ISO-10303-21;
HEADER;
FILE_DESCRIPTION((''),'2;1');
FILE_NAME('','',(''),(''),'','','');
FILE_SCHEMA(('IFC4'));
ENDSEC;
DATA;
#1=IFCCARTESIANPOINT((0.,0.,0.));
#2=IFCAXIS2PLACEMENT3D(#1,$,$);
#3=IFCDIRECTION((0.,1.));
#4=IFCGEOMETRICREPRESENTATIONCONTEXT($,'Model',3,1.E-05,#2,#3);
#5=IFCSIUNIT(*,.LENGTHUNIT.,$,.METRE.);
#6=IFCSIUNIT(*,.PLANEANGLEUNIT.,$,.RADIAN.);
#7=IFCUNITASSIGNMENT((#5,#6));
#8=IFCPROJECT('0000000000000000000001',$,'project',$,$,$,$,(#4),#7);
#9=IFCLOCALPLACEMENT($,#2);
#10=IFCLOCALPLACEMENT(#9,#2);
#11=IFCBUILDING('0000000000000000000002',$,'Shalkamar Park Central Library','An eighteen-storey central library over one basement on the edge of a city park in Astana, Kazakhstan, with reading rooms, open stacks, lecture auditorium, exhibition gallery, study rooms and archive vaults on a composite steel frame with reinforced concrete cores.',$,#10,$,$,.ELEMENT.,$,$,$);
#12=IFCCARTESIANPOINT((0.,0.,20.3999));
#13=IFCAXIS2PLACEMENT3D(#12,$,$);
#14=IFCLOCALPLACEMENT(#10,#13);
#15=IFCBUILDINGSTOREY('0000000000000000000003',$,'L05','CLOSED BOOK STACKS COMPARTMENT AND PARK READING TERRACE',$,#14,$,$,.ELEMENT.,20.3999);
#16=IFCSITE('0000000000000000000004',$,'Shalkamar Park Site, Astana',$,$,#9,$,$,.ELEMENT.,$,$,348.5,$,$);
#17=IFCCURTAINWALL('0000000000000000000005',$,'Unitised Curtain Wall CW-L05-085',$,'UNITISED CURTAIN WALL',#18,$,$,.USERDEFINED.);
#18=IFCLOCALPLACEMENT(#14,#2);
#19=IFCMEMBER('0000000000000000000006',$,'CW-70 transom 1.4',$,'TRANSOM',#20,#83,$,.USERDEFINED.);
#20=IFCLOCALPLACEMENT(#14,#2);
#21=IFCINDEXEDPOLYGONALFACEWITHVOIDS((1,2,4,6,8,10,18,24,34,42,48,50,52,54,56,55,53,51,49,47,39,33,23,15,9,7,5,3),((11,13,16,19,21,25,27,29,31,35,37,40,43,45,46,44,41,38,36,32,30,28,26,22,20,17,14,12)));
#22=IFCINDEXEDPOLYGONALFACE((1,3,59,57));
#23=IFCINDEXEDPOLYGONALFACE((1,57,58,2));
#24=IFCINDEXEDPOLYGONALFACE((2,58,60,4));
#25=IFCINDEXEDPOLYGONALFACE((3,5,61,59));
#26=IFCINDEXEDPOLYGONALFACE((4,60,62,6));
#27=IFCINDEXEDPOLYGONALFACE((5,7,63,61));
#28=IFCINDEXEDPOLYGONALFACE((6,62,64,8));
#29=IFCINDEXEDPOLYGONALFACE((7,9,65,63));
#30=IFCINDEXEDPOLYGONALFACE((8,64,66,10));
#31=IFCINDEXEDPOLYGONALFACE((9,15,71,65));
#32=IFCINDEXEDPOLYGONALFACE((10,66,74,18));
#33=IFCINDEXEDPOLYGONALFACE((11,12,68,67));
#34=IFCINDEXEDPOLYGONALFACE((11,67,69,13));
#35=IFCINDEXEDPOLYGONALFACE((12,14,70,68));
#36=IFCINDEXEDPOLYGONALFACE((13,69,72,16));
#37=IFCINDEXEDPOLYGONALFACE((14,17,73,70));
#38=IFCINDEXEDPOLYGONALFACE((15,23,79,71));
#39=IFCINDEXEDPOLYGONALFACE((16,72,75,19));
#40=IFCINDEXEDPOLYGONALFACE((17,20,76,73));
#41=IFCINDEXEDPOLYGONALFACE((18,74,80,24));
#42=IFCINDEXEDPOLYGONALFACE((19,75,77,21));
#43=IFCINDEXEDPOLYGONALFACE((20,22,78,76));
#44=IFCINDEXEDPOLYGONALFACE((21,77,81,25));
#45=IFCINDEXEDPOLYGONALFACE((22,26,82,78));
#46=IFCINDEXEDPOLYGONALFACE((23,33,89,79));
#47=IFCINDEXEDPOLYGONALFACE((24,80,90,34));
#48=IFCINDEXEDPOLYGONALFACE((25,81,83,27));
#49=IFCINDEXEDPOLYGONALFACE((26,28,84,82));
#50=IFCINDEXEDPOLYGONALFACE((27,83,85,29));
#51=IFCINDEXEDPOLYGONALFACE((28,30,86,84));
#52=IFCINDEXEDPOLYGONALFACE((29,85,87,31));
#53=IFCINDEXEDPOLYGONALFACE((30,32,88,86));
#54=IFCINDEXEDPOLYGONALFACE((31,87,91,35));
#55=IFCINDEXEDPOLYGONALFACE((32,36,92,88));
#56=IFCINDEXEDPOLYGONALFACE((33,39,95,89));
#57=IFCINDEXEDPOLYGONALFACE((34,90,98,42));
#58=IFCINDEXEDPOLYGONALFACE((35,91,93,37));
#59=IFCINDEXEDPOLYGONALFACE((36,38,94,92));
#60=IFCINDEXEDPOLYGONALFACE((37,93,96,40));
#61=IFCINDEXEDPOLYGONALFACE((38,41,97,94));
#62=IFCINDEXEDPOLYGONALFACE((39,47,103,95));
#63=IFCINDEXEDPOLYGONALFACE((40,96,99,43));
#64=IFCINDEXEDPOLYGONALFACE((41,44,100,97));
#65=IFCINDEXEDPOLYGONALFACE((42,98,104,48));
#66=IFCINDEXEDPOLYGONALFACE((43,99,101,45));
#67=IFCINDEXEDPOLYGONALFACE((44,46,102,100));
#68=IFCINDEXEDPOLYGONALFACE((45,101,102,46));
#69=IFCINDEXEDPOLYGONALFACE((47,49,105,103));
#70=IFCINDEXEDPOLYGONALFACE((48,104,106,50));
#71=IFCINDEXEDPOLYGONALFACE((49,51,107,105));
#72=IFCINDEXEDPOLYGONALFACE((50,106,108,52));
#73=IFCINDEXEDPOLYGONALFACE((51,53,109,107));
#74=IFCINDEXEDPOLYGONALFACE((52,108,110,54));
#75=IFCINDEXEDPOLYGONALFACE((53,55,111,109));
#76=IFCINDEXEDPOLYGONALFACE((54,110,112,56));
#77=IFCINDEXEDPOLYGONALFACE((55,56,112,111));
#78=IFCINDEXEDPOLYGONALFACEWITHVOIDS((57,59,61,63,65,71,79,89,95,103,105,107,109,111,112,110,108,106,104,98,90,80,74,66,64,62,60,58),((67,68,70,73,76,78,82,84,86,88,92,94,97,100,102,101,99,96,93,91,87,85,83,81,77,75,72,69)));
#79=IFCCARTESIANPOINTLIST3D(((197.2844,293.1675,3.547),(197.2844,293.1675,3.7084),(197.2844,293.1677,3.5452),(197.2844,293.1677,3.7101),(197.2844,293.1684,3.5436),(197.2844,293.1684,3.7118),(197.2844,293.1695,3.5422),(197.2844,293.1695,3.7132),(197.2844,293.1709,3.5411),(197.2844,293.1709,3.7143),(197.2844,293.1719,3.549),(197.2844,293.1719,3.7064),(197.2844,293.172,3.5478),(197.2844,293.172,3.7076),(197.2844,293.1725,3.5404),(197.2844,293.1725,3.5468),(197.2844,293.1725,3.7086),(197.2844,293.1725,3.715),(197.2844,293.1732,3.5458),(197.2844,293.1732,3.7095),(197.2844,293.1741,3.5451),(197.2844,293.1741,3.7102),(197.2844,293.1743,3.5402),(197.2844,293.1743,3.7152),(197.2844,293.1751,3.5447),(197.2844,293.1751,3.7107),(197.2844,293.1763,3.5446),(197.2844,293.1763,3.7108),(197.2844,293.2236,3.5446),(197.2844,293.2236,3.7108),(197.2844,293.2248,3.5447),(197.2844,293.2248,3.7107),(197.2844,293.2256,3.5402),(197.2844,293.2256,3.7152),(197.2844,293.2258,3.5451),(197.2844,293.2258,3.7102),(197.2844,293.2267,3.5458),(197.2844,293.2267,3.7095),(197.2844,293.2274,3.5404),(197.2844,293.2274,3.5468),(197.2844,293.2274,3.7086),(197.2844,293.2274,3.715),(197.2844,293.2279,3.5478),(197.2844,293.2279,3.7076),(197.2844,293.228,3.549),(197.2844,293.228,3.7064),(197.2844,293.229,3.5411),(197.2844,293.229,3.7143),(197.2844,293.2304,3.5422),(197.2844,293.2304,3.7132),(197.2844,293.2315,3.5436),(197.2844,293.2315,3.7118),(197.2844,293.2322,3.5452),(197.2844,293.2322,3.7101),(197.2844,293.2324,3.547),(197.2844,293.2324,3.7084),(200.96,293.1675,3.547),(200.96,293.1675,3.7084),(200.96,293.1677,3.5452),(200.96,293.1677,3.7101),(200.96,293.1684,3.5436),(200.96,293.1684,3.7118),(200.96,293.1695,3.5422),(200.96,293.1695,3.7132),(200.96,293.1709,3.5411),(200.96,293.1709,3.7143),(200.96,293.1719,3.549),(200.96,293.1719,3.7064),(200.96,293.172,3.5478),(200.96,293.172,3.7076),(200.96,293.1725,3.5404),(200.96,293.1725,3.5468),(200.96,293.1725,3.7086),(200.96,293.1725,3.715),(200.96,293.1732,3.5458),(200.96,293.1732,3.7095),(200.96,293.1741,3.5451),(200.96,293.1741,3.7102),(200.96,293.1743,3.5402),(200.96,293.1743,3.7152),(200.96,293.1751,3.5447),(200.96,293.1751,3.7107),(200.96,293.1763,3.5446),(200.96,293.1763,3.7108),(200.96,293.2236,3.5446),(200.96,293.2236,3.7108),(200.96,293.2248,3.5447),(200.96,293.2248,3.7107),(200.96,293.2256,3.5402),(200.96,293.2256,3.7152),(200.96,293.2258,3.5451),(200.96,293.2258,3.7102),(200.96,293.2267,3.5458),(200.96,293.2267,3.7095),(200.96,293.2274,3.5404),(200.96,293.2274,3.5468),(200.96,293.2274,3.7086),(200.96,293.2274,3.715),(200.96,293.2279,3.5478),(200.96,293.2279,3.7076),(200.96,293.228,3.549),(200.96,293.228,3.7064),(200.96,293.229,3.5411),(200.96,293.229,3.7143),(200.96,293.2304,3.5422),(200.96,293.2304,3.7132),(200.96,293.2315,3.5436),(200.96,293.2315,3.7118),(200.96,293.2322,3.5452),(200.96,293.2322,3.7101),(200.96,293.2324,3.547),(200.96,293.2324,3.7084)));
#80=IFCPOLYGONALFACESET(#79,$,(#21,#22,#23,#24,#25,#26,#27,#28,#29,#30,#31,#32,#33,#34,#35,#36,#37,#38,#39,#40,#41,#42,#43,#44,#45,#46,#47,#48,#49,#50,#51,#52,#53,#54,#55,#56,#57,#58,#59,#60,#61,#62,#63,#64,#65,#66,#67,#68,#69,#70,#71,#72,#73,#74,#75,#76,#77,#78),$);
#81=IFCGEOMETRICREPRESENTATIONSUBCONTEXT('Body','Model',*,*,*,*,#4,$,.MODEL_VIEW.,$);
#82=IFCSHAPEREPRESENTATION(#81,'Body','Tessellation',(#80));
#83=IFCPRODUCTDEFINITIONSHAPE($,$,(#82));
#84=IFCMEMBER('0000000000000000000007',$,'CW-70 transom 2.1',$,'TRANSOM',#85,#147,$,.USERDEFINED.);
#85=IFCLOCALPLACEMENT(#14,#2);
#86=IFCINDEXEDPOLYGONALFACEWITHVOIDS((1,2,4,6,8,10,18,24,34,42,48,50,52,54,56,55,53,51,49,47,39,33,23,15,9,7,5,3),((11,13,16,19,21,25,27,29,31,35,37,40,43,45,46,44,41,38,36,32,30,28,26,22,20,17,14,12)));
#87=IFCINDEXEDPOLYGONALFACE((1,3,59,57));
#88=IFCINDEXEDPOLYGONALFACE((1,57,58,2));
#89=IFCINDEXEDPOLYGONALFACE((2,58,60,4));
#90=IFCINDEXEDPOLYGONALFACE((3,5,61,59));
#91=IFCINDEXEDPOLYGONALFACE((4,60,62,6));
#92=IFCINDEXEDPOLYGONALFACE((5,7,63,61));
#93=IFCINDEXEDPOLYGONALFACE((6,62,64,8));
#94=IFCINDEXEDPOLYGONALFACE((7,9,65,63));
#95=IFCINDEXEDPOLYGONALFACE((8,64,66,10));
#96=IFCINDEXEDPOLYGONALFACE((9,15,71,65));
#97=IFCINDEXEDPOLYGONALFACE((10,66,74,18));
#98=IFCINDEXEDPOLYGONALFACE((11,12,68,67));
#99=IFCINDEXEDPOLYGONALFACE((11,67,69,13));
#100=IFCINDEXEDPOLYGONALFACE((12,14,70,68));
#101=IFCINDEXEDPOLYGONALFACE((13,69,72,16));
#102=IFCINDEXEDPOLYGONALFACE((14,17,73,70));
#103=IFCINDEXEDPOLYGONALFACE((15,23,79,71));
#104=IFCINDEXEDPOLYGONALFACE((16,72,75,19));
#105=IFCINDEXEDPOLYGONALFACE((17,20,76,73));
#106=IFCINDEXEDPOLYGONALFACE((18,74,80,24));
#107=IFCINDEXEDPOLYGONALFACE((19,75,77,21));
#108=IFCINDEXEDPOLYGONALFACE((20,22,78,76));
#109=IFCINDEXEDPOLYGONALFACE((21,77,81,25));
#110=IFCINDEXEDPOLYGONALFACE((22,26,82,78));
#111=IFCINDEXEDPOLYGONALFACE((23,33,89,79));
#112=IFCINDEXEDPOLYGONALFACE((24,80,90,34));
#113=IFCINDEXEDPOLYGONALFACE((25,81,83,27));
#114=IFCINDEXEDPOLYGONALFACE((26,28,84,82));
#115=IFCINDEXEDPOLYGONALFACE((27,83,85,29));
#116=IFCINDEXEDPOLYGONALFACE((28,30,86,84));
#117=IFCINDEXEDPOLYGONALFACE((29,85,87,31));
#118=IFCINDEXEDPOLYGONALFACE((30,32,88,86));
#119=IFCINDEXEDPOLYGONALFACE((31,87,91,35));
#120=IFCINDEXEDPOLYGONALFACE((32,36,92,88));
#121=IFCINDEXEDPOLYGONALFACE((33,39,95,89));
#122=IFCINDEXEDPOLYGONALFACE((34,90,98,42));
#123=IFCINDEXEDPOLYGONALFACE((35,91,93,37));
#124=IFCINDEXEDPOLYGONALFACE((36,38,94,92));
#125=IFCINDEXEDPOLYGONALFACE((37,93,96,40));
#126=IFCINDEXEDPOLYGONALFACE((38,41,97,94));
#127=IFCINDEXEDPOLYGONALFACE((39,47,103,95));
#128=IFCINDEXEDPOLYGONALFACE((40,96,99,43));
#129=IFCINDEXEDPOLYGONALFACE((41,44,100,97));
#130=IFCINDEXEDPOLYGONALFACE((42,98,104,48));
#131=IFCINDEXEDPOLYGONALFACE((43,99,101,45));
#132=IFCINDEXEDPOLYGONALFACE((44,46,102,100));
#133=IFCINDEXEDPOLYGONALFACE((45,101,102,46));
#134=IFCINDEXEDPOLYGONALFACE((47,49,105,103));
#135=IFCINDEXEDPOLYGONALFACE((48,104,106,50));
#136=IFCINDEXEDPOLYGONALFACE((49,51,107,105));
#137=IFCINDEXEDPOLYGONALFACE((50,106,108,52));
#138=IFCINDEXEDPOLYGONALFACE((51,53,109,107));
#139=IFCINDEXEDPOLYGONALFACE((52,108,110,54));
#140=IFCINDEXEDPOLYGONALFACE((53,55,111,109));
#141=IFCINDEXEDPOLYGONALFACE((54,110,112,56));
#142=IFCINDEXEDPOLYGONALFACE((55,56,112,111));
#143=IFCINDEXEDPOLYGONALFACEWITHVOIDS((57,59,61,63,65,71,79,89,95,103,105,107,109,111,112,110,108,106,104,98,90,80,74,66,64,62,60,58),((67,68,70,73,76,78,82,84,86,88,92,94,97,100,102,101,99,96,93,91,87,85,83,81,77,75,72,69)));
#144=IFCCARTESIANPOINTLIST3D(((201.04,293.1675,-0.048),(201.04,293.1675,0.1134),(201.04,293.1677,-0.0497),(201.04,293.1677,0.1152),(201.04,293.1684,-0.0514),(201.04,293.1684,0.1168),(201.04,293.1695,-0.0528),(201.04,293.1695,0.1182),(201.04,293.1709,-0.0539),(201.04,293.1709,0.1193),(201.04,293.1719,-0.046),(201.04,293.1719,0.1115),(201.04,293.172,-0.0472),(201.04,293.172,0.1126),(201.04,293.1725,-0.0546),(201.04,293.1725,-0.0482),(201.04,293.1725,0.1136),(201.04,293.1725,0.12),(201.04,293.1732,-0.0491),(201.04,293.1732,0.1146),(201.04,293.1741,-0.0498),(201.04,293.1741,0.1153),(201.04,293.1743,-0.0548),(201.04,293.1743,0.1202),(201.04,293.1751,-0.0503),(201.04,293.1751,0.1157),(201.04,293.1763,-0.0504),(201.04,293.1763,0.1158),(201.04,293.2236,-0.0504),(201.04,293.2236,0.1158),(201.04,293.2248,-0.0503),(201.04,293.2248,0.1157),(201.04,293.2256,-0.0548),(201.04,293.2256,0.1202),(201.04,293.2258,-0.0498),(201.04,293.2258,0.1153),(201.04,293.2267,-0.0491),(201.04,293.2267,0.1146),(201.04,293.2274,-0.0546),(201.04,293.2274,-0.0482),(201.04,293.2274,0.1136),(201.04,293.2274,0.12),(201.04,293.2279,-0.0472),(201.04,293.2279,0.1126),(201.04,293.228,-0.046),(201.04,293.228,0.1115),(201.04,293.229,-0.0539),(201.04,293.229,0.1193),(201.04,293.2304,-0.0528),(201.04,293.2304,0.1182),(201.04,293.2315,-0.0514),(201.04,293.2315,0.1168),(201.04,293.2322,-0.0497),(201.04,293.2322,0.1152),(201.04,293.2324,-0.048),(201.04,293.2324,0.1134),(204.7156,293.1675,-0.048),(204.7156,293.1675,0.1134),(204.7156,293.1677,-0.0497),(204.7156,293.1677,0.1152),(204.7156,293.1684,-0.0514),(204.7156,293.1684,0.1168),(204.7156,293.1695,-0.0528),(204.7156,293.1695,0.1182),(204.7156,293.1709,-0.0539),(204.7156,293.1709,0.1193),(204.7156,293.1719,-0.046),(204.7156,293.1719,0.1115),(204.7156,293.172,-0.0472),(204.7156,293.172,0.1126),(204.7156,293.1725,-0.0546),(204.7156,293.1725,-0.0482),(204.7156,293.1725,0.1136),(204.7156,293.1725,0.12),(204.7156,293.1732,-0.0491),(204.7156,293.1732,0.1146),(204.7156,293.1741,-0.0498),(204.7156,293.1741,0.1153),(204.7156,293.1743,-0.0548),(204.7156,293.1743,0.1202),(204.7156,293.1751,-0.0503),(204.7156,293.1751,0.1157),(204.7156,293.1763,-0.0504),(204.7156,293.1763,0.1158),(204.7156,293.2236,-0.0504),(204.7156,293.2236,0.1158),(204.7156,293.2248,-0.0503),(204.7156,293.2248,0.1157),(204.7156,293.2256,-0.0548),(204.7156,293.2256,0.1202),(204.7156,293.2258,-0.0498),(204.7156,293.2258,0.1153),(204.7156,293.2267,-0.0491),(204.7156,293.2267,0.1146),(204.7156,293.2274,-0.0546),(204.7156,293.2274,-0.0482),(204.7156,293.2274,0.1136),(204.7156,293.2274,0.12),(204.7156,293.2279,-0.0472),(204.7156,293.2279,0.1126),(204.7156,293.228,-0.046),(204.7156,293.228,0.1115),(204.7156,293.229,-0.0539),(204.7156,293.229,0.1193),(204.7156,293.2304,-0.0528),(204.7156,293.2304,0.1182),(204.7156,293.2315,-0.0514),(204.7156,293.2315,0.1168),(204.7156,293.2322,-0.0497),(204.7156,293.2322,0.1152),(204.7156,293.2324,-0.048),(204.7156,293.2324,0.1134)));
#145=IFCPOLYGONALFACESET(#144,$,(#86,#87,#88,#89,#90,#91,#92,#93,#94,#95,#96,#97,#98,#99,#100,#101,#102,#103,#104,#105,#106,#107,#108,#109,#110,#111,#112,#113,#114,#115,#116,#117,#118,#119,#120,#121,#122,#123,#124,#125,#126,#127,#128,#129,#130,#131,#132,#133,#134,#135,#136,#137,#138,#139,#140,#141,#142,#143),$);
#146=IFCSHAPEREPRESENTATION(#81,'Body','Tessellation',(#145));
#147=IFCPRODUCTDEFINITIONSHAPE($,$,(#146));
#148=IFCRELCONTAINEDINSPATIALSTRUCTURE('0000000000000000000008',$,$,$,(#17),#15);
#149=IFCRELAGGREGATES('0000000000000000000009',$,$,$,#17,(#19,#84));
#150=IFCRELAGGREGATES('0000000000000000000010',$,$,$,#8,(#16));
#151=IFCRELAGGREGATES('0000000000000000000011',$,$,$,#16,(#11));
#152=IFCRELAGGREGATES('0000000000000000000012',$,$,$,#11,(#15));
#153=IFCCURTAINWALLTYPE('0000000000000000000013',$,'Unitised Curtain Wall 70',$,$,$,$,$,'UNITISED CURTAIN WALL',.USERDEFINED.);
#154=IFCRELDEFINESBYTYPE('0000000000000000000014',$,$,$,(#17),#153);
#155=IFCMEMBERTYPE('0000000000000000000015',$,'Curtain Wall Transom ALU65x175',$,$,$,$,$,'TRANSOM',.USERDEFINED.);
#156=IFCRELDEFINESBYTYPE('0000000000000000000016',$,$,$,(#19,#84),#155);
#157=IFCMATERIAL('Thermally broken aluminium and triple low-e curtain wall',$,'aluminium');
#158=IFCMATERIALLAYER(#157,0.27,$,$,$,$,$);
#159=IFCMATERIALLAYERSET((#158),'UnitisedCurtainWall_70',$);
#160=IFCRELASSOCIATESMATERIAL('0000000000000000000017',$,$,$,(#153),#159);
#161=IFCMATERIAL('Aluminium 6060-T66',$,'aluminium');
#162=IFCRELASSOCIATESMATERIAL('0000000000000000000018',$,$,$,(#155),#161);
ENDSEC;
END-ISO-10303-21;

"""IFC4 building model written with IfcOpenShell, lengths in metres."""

from ifc_helpers import new_model, si_unit, direction, frame, origin, origin_2d, place, context, subcontext, project, spatial, hollow_rectangle, extrude, material, layer, layer_set, material_profile, profile_set, type_object, element, aggregate, save


model = new_model("IFC4")

# Units and contexts
model_context = context("Model", 3, precision=1e-05, world=origin(), true_north=direction((0.0, 1.0)))
body_context = subcontext(model_context, "Body", "Model", "MODEL_VIEW")
ifc_project = project(units=[si_unit("LENGTHUNIT", "METRE"), si_unit("PLANEANGLEUNIT", "RADIAN")], contexts=[model_context])

# Site, building, storey
site_placement = place(None, origin())
site = spatial("IfcSite", under=ifc_project, at=site_placement, Name="Shalkamar Park Site, Astana", CompositionType="ELEMENT", RefElevation=348.5)
building_placement = place(site_placement, origin())
building = spatial("IfcBuilding", under=site, at=building_placement, Name="Shalkamar Park Central Library", Description="An eighteen-storey central library over one basement on the edge of a city park in Astana, Kazakhstan, with reading rooms, open stacks, lecture auditorium, exhibition gallery, study rooms and archive vaults on a composite steel frame with reinforced concrete cores.", CompositionType="ELEMENT")
storey_placement = place(building_placement, frame((0.0, 0.0, 20.3999)))
storey = spatial("IfcBuildingStorey", under=building, at=storey_placement, Name="L05", Description="CLOSED BOOK STACKS COMPARTMENT AND PARK READING TERRACE", CompositionType="ELEMENT", Elevation=20.3999)

# Curtain wall, members
ifc_material_1 = material(Name="Thermally broken aluminium and triple low-e curtain wall", Category="aluminium")
ifc_layer_1 = layer(ifc_material_1, 0.27)
ifc_layer_set_1 = layer_set([ifc_layer_1], Name="UnitisedCurtainWall_70")
curtain_wall_type = type_object("IfcCurtainWallType", Name="Unitised Curtain Wall 70", ElementType="UNITISED CURTAIN WALL", PredefinedType="USERDEFINED", material=ifc_layer_set_1)
curtain_wall_placement = place(storey_placement, origin())
curtain_wall = element("IfcCurtainWall", 1, at=curtain_wall_placement, inside=storey, type_object=curtain_wall_type, Name="Unitised Curtain Wall CW-L05-085", ObjectType="UNITISED CURTAIN WALL", PredefinedType="USERDEFINED")
ifc_material_2 = material(Name="Aluminium 6060-T66", Category="aluminium")
ifc_material_profile_1 = material_profile(ifc_material_2, hollow_rectangle(XDim=0.0649, YDim=0.175, WallThickness=0.0044, InnerFilletRadius=0.0044, OuterFilletRadius=0.0068, at=origin_2d()), Name="ALU 65x175x4.5")
ifc_profile_set_1 = profile_set([ifc_material_profile_1], Name="Aluminium 6060-T66")
member_type_1 = type_object("IfcMemberType", Name="Curtain Wall Transom ALU65x175", ElementType="TRANSOM", PredefinedType="USERDEFINED", material=ifc_profile_set_1)
member_1_placement = place(storey_placement, frame((197.2844, 293.2, 3.6277), z_axis=(1.0, 0.0, 0.0), x_axis=(0.0, 1.0, 0.0)))
member_1 = element("IfcMember", 2, at=member_1_placement, type_object=member_type_1, Name="CW-70 transom 1.4", ObjectType="TRANSOM", PredefinedType="USERDEFINED", context=body_context, shape_type="SweptSolid", body=[
    extrude(hollow_rectangle(XDim=0.0649, YDim=0.175, WallThickness=0.0044, InnerFilletRadius=0.0044, OuterFilletRadius=0.0068, at=origin_2d()), origin(), (0.0, 0.0, 1.0), 3.6755),
])
member_2_placement = place(storey_placement, frame((201.04, 293.2, 0.0327), z_axis=(1.0, 0.0, 0.0), x_axis=(0.0, 1.0, 0.0)))
member_2 = element("IfcMember", 3, at=member_2_placement, type_object=member_type_1, Name="CW-70 transom 2.1", ObjectType="TRANSOM", PredefinedType="USERDEFINED", context=body_context, shape_type="SweptSolid", body=[
    extrude(hollow_rectangle(XDim=0.0649, YDim=0.175, WallThickness=0.0044, InnerFilletRadius=0.0044, OuterFilletRadius=0.0068, at=origin_2d()), origin(), (0.0, 0.0, 1.0), 3.6755),
])

aggregate(curtain_wall, [member_1, member_2])

save(model, "model.ifc")
